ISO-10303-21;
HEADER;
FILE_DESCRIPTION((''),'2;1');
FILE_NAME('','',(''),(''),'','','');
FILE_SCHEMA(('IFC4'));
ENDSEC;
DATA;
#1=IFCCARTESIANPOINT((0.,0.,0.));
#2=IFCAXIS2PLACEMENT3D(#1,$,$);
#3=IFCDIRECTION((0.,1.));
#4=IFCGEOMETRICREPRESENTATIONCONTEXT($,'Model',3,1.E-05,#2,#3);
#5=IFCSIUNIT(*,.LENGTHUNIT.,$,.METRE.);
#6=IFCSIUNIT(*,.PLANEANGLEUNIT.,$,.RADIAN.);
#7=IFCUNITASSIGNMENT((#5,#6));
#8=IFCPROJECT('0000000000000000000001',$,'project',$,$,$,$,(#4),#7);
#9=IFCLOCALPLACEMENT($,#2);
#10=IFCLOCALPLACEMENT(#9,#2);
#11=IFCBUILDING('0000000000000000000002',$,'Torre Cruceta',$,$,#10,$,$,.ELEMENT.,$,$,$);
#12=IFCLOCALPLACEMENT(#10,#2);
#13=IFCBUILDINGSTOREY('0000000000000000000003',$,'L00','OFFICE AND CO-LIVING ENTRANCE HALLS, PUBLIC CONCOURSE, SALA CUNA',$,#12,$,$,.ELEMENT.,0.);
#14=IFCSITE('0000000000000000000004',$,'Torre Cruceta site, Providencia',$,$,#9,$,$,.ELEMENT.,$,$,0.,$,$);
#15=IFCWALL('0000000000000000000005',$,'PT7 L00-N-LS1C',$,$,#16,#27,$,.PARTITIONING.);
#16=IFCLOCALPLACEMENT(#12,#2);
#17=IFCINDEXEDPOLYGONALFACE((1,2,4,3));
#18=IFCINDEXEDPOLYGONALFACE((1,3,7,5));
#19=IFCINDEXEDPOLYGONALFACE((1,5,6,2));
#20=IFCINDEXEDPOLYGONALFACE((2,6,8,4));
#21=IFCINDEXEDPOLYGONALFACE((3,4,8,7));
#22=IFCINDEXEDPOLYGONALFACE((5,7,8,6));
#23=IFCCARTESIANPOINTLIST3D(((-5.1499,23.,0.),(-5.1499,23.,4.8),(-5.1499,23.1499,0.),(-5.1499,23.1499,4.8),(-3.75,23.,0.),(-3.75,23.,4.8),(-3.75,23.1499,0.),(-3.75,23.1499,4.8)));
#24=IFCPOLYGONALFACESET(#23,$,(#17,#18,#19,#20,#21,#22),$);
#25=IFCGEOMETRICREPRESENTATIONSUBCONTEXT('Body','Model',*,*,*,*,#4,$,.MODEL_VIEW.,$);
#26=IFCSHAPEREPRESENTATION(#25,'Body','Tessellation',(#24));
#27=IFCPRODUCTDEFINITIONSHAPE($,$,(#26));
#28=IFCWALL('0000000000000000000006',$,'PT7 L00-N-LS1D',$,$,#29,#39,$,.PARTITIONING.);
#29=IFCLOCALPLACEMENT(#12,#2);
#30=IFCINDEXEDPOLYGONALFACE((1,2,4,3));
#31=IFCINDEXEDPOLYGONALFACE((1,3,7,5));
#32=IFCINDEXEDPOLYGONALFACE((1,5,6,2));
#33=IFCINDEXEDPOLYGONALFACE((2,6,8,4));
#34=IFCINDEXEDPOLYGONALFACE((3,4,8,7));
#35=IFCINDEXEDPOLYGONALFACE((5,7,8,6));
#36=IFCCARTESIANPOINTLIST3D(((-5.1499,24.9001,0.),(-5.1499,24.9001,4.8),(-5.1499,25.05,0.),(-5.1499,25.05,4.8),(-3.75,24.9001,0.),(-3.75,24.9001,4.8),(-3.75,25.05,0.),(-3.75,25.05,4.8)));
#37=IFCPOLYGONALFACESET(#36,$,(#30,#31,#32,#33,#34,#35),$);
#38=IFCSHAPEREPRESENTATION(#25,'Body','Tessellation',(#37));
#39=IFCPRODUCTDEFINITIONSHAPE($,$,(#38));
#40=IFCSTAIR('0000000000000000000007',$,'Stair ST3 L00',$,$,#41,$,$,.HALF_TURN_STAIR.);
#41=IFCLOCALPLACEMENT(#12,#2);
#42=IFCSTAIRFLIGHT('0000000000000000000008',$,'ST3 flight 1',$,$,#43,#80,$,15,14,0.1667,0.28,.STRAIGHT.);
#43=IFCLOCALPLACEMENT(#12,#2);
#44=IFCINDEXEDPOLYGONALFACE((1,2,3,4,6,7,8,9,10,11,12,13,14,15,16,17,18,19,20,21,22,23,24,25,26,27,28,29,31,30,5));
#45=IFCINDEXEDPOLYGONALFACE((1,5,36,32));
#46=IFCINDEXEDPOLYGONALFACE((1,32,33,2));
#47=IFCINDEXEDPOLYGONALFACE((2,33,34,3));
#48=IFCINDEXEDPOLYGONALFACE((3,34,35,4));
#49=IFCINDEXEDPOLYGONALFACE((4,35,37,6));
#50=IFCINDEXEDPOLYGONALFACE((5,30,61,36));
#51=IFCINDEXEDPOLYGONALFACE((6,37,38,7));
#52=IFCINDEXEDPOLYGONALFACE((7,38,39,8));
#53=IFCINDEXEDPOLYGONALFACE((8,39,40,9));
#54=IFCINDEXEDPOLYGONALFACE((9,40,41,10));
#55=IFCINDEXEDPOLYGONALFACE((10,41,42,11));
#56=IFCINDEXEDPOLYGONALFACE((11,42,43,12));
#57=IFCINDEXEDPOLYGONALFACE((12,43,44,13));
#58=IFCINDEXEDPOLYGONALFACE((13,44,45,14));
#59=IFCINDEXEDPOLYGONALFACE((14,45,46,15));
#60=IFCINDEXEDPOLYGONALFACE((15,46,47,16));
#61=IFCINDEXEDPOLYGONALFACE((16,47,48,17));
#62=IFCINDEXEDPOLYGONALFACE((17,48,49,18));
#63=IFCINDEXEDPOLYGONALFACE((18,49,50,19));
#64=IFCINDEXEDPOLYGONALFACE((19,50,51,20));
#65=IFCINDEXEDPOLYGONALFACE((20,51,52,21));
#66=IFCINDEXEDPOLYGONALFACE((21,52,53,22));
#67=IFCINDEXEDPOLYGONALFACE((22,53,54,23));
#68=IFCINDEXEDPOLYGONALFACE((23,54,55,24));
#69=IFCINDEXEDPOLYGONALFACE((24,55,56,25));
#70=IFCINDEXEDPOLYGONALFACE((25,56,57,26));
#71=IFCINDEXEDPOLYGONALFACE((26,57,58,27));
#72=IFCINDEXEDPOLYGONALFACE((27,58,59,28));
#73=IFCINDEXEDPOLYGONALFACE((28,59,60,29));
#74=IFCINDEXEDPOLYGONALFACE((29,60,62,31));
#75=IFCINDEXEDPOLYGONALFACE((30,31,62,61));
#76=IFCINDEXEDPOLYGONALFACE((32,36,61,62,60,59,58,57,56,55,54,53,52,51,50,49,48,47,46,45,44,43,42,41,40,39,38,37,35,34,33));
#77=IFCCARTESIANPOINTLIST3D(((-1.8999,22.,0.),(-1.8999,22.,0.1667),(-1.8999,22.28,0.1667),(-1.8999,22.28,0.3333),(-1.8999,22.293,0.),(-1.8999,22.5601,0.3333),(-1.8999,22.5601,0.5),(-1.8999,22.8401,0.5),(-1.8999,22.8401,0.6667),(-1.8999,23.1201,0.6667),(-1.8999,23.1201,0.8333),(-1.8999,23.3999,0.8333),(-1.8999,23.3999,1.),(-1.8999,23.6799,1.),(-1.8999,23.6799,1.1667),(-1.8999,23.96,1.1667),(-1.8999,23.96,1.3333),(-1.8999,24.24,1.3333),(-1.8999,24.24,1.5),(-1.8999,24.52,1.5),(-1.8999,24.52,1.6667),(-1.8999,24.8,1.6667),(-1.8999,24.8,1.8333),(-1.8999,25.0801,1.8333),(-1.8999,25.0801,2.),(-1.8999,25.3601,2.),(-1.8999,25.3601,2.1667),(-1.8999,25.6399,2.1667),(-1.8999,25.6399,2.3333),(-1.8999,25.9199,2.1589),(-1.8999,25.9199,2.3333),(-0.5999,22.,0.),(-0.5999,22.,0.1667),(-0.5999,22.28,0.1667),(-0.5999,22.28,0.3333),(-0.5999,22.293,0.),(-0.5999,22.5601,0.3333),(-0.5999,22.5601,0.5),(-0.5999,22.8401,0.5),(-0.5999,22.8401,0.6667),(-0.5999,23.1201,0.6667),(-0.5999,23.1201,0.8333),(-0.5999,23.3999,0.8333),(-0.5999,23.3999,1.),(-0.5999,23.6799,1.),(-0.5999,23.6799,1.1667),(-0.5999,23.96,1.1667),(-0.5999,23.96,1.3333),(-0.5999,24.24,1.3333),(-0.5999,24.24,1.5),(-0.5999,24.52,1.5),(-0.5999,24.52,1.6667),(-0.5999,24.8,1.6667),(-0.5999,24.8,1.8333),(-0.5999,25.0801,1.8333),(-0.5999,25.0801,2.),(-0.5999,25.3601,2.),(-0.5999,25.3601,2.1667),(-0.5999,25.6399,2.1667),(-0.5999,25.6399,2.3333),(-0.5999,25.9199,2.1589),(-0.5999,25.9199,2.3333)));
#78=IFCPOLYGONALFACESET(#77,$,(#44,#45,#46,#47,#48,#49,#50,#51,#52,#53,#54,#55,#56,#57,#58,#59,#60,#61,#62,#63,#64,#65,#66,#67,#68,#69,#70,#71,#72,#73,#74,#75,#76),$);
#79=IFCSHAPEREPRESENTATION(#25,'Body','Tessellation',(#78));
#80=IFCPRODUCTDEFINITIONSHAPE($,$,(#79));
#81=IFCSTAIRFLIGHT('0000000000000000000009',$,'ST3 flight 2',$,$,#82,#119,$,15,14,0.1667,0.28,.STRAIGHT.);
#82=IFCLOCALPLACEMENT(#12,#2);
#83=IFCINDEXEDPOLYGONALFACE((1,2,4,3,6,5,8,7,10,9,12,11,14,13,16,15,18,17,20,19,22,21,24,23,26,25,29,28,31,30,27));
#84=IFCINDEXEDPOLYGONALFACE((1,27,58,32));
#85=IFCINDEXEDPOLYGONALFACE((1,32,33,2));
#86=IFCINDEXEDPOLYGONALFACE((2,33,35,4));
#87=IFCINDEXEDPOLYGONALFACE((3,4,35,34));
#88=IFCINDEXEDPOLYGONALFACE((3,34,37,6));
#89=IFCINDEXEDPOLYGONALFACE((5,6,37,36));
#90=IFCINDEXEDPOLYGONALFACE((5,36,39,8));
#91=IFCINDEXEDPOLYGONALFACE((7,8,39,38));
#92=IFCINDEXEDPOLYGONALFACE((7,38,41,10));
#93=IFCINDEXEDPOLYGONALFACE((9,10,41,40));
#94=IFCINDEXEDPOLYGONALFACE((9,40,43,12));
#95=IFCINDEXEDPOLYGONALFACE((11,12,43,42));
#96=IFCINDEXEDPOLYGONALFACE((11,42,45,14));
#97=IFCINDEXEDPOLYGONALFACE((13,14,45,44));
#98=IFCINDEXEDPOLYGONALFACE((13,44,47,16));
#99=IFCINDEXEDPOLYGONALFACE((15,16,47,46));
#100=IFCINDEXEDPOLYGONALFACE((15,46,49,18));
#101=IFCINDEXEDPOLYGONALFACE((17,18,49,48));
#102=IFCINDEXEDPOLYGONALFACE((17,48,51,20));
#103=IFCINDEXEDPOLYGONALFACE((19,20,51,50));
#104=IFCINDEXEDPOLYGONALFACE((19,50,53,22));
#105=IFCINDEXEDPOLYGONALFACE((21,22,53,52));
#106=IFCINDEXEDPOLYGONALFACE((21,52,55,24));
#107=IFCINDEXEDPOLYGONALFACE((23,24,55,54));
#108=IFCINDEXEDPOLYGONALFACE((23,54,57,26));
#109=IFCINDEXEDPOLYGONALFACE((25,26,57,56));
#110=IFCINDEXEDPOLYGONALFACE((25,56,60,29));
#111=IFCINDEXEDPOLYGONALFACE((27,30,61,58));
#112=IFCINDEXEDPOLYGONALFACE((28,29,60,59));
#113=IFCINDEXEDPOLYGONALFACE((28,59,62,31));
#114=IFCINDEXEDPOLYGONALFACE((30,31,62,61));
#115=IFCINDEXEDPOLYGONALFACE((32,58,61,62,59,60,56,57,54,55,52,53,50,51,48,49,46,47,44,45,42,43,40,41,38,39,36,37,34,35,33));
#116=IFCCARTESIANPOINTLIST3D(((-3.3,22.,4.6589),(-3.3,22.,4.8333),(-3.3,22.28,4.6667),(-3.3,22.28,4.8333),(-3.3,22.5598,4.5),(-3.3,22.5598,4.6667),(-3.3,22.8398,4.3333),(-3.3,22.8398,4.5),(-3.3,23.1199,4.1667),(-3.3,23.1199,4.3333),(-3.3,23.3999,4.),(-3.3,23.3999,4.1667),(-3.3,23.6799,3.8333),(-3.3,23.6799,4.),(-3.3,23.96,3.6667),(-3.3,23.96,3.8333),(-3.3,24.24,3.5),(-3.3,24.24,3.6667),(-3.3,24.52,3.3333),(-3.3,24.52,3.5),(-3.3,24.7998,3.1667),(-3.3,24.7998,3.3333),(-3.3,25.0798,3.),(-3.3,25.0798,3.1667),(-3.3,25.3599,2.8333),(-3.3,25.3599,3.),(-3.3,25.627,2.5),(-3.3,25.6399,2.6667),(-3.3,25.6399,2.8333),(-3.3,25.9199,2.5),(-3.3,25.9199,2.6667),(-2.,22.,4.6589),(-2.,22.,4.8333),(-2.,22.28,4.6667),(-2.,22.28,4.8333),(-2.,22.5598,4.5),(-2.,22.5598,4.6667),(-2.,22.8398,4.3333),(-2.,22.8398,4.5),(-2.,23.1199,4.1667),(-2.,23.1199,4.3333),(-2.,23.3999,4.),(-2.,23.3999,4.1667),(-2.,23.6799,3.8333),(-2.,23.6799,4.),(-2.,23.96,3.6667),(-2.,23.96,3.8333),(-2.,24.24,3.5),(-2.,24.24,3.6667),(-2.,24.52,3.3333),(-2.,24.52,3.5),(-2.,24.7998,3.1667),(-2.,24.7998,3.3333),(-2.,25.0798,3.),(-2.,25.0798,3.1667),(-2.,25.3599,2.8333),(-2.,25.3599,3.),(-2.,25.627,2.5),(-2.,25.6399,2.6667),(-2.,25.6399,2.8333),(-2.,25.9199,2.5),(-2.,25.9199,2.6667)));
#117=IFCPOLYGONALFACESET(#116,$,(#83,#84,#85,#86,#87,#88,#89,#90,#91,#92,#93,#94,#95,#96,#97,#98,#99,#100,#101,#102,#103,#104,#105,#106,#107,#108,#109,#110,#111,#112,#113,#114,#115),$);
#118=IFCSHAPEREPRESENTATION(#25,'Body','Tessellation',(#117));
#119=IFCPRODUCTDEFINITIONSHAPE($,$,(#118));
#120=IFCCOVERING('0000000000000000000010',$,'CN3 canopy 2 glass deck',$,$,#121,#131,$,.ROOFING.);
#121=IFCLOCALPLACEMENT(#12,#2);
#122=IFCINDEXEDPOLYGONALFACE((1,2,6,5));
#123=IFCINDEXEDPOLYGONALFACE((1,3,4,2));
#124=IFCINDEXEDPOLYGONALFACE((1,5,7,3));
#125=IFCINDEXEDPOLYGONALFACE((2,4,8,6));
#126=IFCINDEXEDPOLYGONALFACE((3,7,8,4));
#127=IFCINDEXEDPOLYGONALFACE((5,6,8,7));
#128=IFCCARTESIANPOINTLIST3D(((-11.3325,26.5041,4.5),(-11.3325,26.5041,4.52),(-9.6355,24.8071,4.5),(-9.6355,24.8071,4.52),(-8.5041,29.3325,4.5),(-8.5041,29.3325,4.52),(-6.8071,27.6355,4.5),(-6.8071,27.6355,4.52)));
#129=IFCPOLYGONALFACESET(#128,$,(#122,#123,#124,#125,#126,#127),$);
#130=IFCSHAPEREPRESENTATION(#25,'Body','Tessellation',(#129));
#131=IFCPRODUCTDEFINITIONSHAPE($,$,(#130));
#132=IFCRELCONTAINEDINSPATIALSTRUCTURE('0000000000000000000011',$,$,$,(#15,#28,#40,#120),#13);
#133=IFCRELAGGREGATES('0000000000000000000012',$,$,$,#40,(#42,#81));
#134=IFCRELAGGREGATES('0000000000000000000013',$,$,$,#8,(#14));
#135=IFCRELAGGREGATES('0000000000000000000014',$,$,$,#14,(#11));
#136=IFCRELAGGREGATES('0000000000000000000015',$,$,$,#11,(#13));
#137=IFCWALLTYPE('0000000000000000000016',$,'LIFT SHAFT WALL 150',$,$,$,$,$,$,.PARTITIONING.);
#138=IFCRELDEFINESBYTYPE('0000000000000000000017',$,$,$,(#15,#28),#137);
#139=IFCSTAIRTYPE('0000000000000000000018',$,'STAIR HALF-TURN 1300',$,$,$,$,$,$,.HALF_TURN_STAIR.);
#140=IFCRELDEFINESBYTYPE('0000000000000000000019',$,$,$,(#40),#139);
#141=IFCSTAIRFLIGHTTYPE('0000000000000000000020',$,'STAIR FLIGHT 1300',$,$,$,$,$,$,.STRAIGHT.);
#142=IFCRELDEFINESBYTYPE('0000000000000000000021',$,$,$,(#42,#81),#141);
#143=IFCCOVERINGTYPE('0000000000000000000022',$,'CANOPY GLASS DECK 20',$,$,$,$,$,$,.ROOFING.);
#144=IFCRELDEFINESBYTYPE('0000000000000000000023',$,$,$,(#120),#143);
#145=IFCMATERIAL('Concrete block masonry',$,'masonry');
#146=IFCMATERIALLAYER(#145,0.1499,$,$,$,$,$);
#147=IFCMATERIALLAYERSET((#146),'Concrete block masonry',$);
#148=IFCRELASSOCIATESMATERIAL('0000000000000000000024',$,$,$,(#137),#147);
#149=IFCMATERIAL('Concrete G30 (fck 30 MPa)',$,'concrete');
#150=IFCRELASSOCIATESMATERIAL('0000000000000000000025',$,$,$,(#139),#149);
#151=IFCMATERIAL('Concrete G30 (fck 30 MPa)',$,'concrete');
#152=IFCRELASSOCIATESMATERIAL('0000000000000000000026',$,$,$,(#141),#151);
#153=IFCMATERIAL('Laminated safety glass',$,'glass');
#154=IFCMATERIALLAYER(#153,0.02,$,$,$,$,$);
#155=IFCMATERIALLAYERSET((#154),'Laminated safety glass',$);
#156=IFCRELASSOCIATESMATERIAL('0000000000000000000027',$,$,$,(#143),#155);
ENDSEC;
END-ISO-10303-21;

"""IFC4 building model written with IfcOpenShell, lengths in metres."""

from ifc_helpers import new_model, si_unit, direction, frame, frame_2d, origin, origin_2d, place, context, subcontext, project, spatial, polyline, rectangle, outline, extrude, material, layer, layer_set, type_object, element, aggregate, save


model = new_model("IFC4")

# Units and contexts
model_context = context("Model", 3, precision=1e-05, world=origin(), true_north=direction((0.0, 1.0)))
body_context = subcontext(model_context, "Body", "Model", "MODEL_VIEW")
ifc_project = project(units=[si_unit("LENGTHUNIT", "METRE"), si_unit("PLANEANGLEUNIT", "RADIAN")], contexts=[model_context])

# Site, building, storey
site_placement = place(None, origin())
site = spatial("IfcSite", under=ifc_project, at=site_placement, Name="Torre Cruceta site, Providencia", CompositionType="ELEMENT", RefElevation=0.0)
building_placement = place(site_placement, origin())
building = spatial("IfcBuilding", under=site, at=building_placement, Name="Torre Cruceta", CompositionType="ELEMENT")
storey_placement = place(building_placement, origin())
storey = spatial("IfcBuildingStorey", under=building, at=storey_placement, Name="L00", Description="OFFICE AND CO-LIVING ENTRANCE HALLS, PUBLIC CONCOURSE, SALA CUNA", CompositionType="ELEMENT", Elevation=0.0)

# Shared definitions
ifc_material_1 = material(Name="Concrete block masonry", Category="masonry")
ifc_layer_1 = layer(ifc_material_1, 0.1499)
ifc_layer_set_1 = layer_set([ifc_layer_1], Name="Concrete block masonry")
wall_type_1 = type_object("IfcWallType", Name="LIFT SHAFT WALL 150", PredefinedType="PARTITIONING", material=ifc_layer_set_1)

# Walls
for number, where, z_axis, x_axis, name in (
    (1, (-3.75, 23.075, 0.0), (0.0, 0.0, 1.0), (-1.0, 0.0, 0.0), "PT7 L00-N-LS1C"),
    (2, (-3.75, 24.9751, 0.0), (0.0, 0.0, 1.0), (-1.0, 0.0, 0.0), "PT7 L00-N-LS1D"),
):
    element("IfcWall", number, at=place(storey_placement, frame(where, z_axis=z_axis, x_axis=x_axis)), inside=storey, type_object=wall_type_1, Name=name, PredefinedType="PARTITIONING", context=body_context, shape_type="SweptSolid", body=[
        extrude(rectangle(XDim=1.3999, YDim=0.1499, at=frame_2d((0.7, 0.0))), origin(), (0.0, 0.0, 1.0), 4.8),
    ])

# Stair, stair flights
ifc_material_2 = material(Name="Concrete G30 (fck 30 MPa)", Category="concrete")
stair_type = type_object("IfcStairType", Name="STAIR HALF-TURN 1300", PredefinedType="HALF_TURN_STAIR", material=ifc_material_2)
stair_placement = place(storey_placement, origin())
stair = element("IfcStair", 3, at=stair_placement, inside=storey, type_object=stair_type, Name="Stair ST3 L00", PredefinedType="HALF_TURN_STAIR")
ifc_material_3 = material(Name="Concrete G30 (fck 30 MPa)", Category="concrete")
stair_flight_type = type_object("IfcStairFlightType", Name="STAIR FLIGHT 1300", PredefinedType="STRAIGHT", material=ifc_material_3)
stair_flight_1_placement = place(storey_placement, frame((-1.25, 22.0, 0.0), z_axis=(0.0, 0.0, 1.0), x_axis=(0.0, 1.0, 0.0)))
stair_flight_1 = element("IfcStairFlight", 4, at=stair_flight_1_placement, type_object=stair_flight_type, Name="ST3 flight 1", NumberOfRisers=15, NumberOfTreads=14, PredefinedType="STRAIGHT", RiserHeight=0.1667, TreadLength=0.28, context=body_context, shape_type="SweptSolid", body=[
    extrude(outline(polyline([(0.0, 0.0), (0.0, 0.1667), (0.28, 0.1667), (0.28, 0.3333), (0.5601, 0.3333), (0.5601, 0.5), (0.8401, 0.5), (0.8401, 0.6667), (1.1201, 0.6667), (1.1201, 0.8333), (1.3999, 0.8333), (1.3999, 1.0), (1.6799, 1.0), (1.6799, 1.1667), (1.96, 1.1667), (1.96, 1.3333), (2.24, 1.3333), (2.24, 1.5), (2.52, 1.5), (2.52, 1.6667), (2.8, 1.6667), (2.8, 1.8333), (3.0801, 1.8333), (3.0801, 2.0), (3.3601, 2.0), (3.3601, 2.1667), (3.6399, 2.1667), (3.6399, 2.3333), (3.9199, 2.3333), (3.9199, 2.5), (3.9199, 2.1589), (0.293, 0.0), (0.0, 0.0)])), frame((0.0, 0.6499, 0.0), z_axis=(0.0, -1.0, 0.0), x_axis=(1.0, 0.0, 0.0)), (0.0, 0.0, 1.0), 1.3),
])
stair_flight_2_placement = place(storey_placement, frame((-2.6499, 25.9199, 2.5), z_axis=(0.0, 0.0, 1.0), x_axis=(0.0, -1.0, 0.0)))
stair_flight_2 = element("IfcStairFlight", 5, at=stair_flight_2_placement, type_object=stair_flight_type, Name="ST3 flight 2", NumberOfRisers=15, NumberOfTreads=14, PredefinedType="STRAIGHT", RiserHeight=0.1667, TreadLength=0.28, context=body_context, shape_type="SweptSolid", body=[
    extrude(outline(polyline([(0.0, 0.0), (0.0, 0.1667), (0.28, 0.1667), (0.28, 0.3333), (0.5601, 0.3333), (0.5601, 0.5), (0.8401, 0.5), (0.8401, 0.6667), (1.1201, 0.6667), (1.1201, 0.8333), (1.3999, 0.8333), (1.3999, 1.0), (1.6799, 1.0), (1.6799, 1.1667), (1.96, 1.1667), (1.96, 1.3333), (2.24, 1.3333), (2.24, 1.5), (2.52, 1.5), (2.52, 1.6667), (2.8, 1.6667), (2.8, 1.8333), (3.0801, 1.8333), (3.0801, 2.0), (3.3601, 2.0), (3.3601, 2.1667), (3.6399, 2.1667), (3.6399, 2.3333), (3.9199, 2.3333), (3.9199, 2.5), (3.9199, 2.1589), (0.293, 0.0), (0.0, 0.0)])), frame((0.0, 0.6499, 0.0), z_axis=(0.0, -1.0, 0.0), x_axis=(1.0, 0.0, 0.0)), (0.0, 0.0, 1.0), 1.3),
])
aggregate(stair, [stair_flight_1, stair_flight_2])

# Covering
ifc_material_4 = material(Name="Laminated safety glass", Category="glass")
ifc_layer_2 = layer(ifc_material_4, 0.02)
ifc_layer_set_2 = layer_set([ifc_layer_2], Name="Laminated safety glass")
covering_type = type_object("IfcCoveringType", Name="CANOPY GLASS DECK 20", PredefinedType="ROOFING", material=ifc_layer_set_2)
covering_placement = place(storey_placement, frame((-9.0698, 27.0698, 4.5), z_axis=(0.0, 0.0, 1.0), x_axis=(-0.707107, -0.707107, 0.0)))
element("IfcCovering", 6, at=covering_placement, inside=storey, type_object=covering_type, Name="CN3 canopy 2 glass deck", PredefinedType="ROOFING", context=body_context, shape_type="SweptSolid", body=[
    extrude(rectangle(XDim=4.0, YDim=2.3999, at=origin_2d()), origin(), (0.0, 0.0, 1.0), 0.02),
])

save(model, "model.ifc")
